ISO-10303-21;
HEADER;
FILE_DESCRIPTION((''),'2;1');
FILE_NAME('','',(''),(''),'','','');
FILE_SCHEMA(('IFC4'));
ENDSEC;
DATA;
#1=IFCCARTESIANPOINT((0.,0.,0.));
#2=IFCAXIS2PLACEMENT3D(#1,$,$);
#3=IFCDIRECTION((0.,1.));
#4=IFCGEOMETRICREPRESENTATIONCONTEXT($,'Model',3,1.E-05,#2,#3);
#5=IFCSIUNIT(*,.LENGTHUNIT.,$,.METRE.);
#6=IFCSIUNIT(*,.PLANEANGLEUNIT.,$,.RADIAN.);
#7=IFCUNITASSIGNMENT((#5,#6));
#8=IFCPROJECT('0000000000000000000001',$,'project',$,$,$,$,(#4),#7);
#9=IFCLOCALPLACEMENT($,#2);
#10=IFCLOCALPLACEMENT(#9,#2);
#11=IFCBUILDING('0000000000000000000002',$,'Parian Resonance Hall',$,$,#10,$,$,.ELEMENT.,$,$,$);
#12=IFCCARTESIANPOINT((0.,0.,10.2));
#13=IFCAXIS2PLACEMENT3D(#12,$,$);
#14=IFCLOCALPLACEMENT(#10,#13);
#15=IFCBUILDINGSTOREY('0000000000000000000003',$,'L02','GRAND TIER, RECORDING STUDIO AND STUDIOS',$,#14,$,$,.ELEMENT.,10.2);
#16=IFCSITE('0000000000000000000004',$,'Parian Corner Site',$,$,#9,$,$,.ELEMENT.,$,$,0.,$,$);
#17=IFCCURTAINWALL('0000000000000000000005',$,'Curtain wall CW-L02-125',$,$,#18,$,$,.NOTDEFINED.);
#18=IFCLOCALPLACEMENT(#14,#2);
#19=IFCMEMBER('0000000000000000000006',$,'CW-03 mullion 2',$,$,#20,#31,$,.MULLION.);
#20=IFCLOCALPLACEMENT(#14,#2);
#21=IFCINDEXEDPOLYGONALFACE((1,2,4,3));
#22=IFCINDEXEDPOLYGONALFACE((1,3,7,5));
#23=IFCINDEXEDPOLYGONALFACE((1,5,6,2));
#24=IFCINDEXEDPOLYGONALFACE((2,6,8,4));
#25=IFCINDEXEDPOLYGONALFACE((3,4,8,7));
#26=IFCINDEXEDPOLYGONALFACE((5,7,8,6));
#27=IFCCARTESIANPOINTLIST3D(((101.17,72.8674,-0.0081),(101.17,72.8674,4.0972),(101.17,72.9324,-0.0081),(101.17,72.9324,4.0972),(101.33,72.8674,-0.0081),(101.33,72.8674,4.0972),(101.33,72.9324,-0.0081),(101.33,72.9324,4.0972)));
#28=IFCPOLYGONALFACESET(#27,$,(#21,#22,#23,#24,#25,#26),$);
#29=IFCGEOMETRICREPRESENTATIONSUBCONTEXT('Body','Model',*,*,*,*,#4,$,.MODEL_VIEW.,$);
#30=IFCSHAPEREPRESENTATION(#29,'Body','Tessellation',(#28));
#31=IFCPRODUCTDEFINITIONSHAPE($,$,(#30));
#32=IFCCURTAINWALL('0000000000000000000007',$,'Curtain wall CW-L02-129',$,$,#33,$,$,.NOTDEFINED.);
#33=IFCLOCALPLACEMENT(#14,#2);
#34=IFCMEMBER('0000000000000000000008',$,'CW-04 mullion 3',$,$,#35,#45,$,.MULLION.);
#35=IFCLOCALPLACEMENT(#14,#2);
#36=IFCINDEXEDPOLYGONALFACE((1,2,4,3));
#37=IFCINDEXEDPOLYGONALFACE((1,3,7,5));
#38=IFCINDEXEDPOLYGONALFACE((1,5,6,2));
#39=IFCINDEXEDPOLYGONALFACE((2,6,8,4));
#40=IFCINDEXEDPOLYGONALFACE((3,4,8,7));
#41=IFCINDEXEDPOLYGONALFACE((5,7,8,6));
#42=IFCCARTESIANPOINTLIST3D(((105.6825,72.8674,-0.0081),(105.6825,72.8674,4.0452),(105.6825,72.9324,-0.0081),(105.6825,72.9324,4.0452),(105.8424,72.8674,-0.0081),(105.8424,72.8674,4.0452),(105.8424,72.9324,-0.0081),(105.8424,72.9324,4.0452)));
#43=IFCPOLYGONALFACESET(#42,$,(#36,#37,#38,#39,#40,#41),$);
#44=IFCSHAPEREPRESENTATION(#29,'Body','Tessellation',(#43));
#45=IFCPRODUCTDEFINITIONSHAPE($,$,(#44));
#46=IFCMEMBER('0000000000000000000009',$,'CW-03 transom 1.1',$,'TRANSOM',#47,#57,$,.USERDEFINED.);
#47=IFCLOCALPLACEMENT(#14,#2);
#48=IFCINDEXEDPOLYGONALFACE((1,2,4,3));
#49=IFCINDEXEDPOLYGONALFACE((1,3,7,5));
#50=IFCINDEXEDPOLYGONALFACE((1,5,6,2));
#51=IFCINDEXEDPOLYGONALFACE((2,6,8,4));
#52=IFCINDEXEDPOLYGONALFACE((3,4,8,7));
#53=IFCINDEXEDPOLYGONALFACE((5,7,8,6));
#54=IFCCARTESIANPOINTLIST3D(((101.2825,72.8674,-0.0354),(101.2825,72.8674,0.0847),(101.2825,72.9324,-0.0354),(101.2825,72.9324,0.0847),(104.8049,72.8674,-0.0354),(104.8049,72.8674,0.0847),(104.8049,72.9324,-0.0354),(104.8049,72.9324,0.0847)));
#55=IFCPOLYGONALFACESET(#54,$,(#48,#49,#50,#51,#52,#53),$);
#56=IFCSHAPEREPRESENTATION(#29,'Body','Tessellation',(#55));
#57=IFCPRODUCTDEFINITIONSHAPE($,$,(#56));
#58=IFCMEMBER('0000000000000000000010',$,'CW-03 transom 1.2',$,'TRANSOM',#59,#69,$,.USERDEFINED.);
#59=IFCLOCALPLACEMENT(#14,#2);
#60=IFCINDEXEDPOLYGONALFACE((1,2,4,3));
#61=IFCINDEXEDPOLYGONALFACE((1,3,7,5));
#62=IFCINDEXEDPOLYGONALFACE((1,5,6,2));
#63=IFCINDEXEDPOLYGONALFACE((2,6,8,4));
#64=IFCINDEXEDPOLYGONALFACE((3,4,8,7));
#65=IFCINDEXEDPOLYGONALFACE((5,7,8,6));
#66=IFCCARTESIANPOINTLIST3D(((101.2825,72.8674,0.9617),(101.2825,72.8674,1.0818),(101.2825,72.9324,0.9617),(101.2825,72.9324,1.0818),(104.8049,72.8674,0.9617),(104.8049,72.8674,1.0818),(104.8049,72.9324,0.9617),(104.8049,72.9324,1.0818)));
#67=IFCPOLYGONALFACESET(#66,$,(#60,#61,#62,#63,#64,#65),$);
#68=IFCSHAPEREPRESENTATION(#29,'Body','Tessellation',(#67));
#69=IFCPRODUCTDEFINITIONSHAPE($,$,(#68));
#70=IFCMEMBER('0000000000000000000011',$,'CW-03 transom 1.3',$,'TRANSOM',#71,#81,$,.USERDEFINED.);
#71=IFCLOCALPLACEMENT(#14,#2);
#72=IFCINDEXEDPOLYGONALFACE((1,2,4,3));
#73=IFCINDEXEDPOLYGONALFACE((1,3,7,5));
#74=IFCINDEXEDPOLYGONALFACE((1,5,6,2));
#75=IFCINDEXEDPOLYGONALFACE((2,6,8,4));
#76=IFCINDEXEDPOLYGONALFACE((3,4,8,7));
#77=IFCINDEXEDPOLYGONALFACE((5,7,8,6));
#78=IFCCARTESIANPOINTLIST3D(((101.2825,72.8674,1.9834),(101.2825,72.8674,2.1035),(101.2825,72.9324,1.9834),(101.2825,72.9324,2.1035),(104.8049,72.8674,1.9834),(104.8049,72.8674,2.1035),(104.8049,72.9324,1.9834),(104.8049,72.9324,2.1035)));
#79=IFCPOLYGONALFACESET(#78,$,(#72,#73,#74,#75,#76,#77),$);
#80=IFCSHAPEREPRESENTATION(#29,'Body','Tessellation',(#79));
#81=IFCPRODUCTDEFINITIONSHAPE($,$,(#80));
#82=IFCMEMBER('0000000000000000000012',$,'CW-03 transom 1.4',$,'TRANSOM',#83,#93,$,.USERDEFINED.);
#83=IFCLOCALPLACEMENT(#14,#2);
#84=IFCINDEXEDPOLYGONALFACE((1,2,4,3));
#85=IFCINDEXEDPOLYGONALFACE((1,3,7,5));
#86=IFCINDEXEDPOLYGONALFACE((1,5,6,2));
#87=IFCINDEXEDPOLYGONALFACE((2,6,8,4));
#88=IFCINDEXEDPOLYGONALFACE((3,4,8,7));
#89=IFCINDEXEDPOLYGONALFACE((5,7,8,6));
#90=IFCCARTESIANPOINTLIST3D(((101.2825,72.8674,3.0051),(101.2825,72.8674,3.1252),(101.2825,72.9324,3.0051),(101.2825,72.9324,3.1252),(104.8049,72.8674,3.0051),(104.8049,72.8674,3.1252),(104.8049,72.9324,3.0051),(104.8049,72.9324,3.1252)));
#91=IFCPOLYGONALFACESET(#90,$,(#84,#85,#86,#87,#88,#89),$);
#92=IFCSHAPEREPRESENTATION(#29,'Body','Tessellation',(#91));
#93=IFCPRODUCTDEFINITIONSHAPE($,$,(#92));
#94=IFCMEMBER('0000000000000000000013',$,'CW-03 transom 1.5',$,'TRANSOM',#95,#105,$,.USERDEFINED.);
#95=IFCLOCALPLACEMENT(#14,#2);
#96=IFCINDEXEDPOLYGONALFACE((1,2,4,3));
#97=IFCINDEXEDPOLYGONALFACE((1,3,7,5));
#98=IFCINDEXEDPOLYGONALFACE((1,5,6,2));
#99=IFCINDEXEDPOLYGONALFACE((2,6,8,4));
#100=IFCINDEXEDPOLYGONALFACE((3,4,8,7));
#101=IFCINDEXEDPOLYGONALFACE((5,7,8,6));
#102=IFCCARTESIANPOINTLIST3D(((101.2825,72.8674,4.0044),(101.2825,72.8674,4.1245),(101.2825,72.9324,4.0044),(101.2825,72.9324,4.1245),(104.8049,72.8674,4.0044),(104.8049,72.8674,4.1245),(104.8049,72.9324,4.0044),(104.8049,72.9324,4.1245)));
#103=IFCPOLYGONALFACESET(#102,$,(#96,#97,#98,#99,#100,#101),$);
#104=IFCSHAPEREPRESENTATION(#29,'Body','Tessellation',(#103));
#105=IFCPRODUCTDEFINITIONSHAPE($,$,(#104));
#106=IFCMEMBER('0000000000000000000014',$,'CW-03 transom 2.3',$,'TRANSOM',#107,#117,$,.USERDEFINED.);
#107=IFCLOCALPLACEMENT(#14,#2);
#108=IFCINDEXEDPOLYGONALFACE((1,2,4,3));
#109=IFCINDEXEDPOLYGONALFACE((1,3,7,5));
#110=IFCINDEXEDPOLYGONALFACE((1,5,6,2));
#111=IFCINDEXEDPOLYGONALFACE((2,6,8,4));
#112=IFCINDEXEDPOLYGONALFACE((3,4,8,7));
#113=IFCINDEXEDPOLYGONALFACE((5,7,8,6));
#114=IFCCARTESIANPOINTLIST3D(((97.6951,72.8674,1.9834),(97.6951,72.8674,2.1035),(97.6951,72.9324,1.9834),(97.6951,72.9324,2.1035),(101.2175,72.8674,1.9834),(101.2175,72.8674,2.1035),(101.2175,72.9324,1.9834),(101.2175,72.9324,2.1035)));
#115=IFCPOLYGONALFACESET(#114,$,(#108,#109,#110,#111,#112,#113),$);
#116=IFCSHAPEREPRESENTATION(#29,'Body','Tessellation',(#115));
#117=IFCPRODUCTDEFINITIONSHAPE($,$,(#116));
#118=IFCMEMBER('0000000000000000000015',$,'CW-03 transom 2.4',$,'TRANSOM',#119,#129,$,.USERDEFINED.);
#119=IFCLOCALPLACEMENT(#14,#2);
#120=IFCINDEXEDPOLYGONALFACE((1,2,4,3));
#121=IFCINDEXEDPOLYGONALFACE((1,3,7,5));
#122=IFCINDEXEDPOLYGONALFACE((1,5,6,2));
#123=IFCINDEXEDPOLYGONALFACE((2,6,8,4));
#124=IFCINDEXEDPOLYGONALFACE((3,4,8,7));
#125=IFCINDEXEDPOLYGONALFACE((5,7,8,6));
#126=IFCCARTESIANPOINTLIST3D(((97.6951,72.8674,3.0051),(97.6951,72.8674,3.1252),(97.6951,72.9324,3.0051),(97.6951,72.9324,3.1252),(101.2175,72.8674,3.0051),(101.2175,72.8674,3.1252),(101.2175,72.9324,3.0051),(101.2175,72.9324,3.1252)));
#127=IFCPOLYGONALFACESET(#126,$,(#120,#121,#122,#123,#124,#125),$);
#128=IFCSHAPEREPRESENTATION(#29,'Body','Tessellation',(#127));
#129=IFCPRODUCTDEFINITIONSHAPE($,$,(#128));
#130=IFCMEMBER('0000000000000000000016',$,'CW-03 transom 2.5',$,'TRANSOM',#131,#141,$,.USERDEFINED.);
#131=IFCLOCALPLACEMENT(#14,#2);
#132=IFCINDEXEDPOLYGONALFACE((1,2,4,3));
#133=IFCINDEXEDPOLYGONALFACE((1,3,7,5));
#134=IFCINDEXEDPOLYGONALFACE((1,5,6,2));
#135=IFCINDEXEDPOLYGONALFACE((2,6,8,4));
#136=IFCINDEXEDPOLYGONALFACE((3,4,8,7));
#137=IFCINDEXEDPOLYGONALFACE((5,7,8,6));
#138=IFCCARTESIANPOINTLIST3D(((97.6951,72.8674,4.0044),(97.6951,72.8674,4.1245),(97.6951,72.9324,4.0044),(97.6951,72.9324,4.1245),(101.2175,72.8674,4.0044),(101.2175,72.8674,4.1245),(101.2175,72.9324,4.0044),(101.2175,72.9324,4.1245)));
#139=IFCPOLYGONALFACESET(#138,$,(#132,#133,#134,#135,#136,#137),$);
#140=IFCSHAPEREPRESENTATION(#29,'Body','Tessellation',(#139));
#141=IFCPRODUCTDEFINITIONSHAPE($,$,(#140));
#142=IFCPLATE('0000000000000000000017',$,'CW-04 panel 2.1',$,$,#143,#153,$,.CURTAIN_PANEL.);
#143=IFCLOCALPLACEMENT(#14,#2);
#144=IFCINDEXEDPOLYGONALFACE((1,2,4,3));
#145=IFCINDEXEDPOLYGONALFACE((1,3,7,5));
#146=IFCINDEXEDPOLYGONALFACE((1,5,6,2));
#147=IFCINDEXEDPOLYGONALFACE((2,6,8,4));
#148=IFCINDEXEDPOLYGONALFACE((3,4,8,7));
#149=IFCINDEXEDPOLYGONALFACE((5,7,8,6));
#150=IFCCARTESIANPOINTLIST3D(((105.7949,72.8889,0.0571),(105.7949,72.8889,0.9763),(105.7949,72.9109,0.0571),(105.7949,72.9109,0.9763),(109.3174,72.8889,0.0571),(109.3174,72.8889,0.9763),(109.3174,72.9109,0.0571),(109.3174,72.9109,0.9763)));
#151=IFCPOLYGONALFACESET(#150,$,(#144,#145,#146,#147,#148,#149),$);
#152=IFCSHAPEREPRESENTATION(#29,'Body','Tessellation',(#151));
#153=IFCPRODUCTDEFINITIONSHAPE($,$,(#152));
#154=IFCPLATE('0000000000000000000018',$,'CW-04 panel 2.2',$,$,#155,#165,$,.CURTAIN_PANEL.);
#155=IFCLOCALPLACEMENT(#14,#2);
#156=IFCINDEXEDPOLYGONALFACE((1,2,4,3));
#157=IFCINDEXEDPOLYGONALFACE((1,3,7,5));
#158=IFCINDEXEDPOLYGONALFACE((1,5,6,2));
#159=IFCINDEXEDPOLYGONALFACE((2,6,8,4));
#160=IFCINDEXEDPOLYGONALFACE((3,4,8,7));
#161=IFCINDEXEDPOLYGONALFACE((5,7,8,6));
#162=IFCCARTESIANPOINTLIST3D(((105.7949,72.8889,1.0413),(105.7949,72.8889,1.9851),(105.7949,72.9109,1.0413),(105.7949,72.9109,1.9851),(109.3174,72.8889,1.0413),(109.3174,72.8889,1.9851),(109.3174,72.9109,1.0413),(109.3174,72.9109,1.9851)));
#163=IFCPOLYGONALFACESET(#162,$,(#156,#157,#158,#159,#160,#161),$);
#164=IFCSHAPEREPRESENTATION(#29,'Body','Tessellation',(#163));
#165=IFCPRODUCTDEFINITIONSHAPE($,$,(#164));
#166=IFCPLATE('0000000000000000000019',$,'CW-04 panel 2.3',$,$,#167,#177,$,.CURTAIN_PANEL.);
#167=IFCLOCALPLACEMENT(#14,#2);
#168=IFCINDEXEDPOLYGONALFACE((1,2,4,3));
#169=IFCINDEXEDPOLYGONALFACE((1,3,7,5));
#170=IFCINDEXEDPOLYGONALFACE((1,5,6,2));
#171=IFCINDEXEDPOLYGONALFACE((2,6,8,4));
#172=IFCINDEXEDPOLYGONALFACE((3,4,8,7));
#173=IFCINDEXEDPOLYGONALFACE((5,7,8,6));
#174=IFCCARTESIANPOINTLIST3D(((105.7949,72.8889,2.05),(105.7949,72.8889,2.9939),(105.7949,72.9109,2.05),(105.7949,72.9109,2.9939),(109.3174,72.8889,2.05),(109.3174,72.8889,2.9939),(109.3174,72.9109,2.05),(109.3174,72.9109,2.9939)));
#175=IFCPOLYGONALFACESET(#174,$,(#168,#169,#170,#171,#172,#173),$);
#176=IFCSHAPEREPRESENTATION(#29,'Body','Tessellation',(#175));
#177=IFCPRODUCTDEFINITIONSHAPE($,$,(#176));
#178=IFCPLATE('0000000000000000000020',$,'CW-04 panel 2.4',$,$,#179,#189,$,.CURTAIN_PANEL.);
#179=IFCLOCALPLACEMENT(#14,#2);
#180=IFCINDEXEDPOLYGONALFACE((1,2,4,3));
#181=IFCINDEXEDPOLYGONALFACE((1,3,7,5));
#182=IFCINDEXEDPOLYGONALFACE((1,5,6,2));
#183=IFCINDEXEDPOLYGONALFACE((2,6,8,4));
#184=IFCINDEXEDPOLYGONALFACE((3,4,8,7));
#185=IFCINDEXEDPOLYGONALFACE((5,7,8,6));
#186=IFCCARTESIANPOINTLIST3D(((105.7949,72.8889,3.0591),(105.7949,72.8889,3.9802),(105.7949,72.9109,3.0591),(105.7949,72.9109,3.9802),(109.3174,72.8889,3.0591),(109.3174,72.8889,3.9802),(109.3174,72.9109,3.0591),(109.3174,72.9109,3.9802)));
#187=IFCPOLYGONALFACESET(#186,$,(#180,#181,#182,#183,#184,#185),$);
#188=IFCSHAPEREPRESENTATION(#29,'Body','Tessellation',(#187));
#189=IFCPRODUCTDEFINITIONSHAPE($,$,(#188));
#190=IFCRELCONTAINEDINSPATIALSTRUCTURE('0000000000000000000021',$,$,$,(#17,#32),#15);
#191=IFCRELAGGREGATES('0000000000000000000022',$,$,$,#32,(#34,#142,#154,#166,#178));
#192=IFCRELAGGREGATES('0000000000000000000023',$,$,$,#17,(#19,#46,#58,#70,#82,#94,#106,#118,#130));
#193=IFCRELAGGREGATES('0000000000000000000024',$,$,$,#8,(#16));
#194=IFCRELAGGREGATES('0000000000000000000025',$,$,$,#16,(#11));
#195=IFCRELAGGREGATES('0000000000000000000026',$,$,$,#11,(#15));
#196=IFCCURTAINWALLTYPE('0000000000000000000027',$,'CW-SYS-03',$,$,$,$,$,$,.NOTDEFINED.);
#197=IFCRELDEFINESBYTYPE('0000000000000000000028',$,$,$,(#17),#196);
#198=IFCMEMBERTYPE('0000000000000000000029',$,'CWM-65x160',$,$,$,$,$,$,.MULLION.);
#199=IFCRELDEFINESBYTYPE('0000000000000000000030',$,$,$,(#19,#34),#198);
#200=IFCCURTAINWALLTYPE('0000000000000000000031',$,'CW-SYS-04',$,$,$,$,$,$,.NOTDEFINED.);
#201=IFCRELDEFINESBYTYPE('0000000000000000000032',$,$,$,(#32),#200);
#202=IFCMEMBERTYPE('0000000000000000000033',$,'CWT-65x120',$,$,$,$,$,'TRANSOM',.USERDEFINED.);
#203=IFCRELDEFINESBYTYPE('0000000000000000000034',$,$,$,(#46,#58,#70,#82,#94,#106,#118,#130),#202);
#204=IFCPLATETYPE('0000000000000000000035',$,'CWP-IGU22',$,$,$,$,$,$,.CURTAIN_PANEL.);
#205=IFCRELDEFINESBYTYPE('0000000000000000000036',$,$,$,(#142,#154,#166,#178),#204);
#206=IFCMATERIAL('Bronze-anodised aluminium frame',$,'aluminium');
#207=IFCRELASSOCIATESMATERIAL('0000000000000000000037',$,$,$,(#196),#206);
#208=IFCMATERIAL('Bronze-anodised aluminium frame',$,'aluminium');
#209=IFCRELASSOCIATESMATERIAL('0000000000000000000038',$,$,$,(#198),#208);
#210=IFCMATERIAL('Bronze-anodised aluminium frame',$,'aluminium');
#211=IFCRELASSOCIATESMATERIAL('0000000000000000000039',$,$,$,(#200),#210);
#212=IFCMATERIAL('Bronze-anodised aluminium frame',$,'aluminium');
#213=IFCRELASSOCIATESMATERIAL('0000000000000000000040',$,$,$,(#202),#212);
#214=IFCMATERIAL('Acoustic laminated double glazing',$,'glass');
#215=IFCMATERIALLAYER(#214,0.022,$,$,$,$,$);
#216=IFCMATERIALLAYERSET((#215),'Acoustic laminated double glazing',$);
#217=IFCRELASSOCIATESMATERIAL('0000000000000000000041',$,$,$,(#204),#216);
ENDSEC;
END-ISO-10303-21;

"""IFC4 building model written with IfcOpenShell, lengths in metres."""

from ifc_helpers import new_model, si_unit, direction, frame, origin, origin_2d, place, context, subcontext, project, spatial, rectangle, extrude, material, layer, layer_set, material_profile, profile_set, type_object, element, aggregate, save


model = new_model("IFC4")

# Units and contexts
model_context = context("Model", 3, precision=1e-05, world=origin(), true_north=direction((0.0, 1.0)))
body_context = subcontext(model_context, "Body", "Model", "MODEL_VIEW")
ifc_project = project(units=[si_unit("LENGTHUNIT", "METRE"), si_unit("PLANEANGLEUNIT", "RADIAN")], contexts=[model_context])

# Site, building, storey
site_placement = place(None, origin())
site = spatial("IfcSite", under=ifc_project, at=site_placement, Name="Parian Corner Site", CompositionType="ELEMENT", RefElevation=0.0)
building_placement = place(site_placement, origin())
building = spatial("IfcBuilding", under=site, at=building_placement, Name="Parian Resonance Hall", CompositionType="ELEMENT")
storey_placement = place(building_placement, frame((0.0, 0.0, 10.2)))
storey = spatial("IfcBuildingStorey", under=building, at=storey_placement, Name="L02", Description="GRAND TIER, RECORDING STUDIO AND STUDIOS", CompositionType="ELEMENT", Elevation=10.2)

# Curtain wall, member
ifc_material_1 = material(Name="Bronze-anodised aluminium frame", Category="aluminium")
curtain_wall_type_1 = type_object("IfcCurtainWallType", Name="CW-SYS-03", PredefinedType="NOTDEFINED", material=ifc_material_1)
curtain_wall_1_placement = place(storey_placement, origin())
curtain_wall_1 = element("IfcCurtainWall", 1, at=curtain_wall_1_placement, inside=storey, type_object=curtain_wall_type_1, Name="Curtain wall CW-L02-125", PredefinedType="NOTDEFINED")
ifc_material_2 = material(Name="Bronze-anodised aluminium frame", Category="aluminium")
ifc_material_profile_1 = material_profile(ifc_material_2, rectangle(XDim=0.0649, YDim=0.1599, at=origin_2d()), Name="CWM-65x160")
ifc_profile_set_1 = profile_set([ifc_material_profile_1], Name="Bronze-anodised aluminium frame")
member_type_1 = type_object("IfcMemberType", Name="CWM-65x160", PredefinedType="MULLION", material=ifc_profile_set_1)
member_1_placement = place(storey_placement, frame((101.25, 72.8999, -0.0081), z_axis=(0.0, 0.0, 1.0), x_axis=(0.0, -1.0, 0.0)))
member_1 = element("IfcMember", 2, at=member_1_placement, type_object=member_type_1, Name="CW-03 mullion 2", PredefinedType="MULLION", context=body_context, shape_type="SweptSolid", body=[
    extrude(rectangle(XDim=0.0649, YDim=0.1599, at=origin_2d()), origin(), (0.0, 0.0, 1.0), 4.1052),
])

# Curtain wall, member
ifc_material_3 = material(Name="Bronze-anodised aluminium frame", Category="aluminium")
curtain_wall_type_2 = type_object("IfcCurtainWallType", Name="CW-SYS-04", PredefinedType="NOTDEFINED", material=ifc_material_3)
curtain_wall_2_placement = place(storey_placement, origin())
curtain_wall_2 = element("IfcCurtainWall", 3, at=curtain_wall_2_placement, inside=storey, type_object=curtain_wall_type_2, Name="Curtain wall CW-L02-129", PredefinedType="NOTDEFINED")
member_2_placement = place(storey_placement, frame((105.7625, 72.8999, -0.0081), z_axis=(0.0, 0.0, 1.0), x_axis=(0.0, -1.0, 0.0)))
member_2 = element("IfcMember", 4, at=member_2_placement, type_object=member_type_1, Name="CW-04 mullion 3", PredefinedType="MULLION", context=body_context, shape_type="SweptSolid", body=[
    extrude(rectangle(XDim=0.0649, YDim=0.1599, at=origin_2d()), origin(), (0.0, 0.0, 1.0), 4.0532),
])

# Members
ifc_material_4 = material(Name="Bronze-anodised aluminium frame", Category="aluminium")
ifc_material_profile_2 = material_profile(ifc_material_4, rectangle(XDim=0.0649, YDim=0.1201, at=origin_2d()), Name="CWT-65x120")
ifc_profile_set_2 = profile_set([ifc_material_profile_2], Name="Bronze-anodised aluminium frame")
member_type_2 = type_object("IfcMemberType", Name="CWT-65x120", ElementType="TRANSOM", PredefinedType="USERDEFINED", material=ifc_profile_set_2)
member_3_placement = place(storey_placement, frame((104.8049, 72.8999, 0.0247), z_axis=(-1.0, 0.0, 0.0), x_axis=(0.0, -1.0, 0.0)))
member_3 = element("IfcMember", 5, at=member_3_placement, type_object=member_type_2, Name="CW-03 transom 1.1", ObjectType="TRANSOM", PredefinedType="USERDEFINED", context=body_context, shape_type="SweptSolid", body=[
    extrude(rectangle(XDim=0.0649, YDim=0.1201, at=origin_2d()), origin(), (0.0, 0.0, 1.0), 3.5225),
])
member_4_placement = place(storey_placement, frame((104.8049, 72.8999, 1.0217), z_axis=(-1.0, 0.0, 0.0), x_axis=(0.0, -1.0, 0.0)))
member_4 = element("IfcMember", 6, at=member_4_placement, type_object=member_type_2, Name="CW-03 transom 1.2", ObjectType="TRANSOM", PredefinedType="USERDEFINED", context=body_context, shape_type="SweptSolid", body=[
    extrude(rectangle(XDim=0.0649, YDim=0.1201, at=origin_2d()), origin(), (0.0, 0.0, 1.0), 3.5225),
])
member_5_placement = place(storey_placement, frame((104.8049, 72.8999, 2.0435), z_axis=(-1.0, 0.0, 0.0), x_axis=(0.0, -1.0, 0.0)))
member_5 = element("IfcMember", 7, at=member_5_placement, type_object=member_type_2, Name="CW-03 transom 1.3", ObjectType="TRANSOM", PredefinedType="USERDEFINED", context=body_context, shape_type="SweptSolid", body=[
    extrude(rectangle(XDim=0.0649, YDim=0.1201, at=origin_2d()), origin(), (0.0, 0.0, 1.0), 3.5225),
])
member_6_placement = place(storey_placement, frame((104.8049, 72.8999, 3.0652), z_axis=(-1.0, 0.0, 0.0), x_axis=(0.0, -1.0, 0.0)))
member_6 = element("IfcMember", 8, at=member_6_placement, type_object=member_type_2, Name="CW-03 transom 1.4", ObjectType="TRANSOM", PredefinedType="USERDEFINED", context=body_context, shape_type="SweptSolid", body=[
    extrude(rectangle(XDim=0.0649, YDim=0.1201, at=origin_2d()), origin(), (0.0, 0.0, 1.0), 3.5225),
])
member_7_placement = place(storey_placement, frame((104.8049, 72.8999, 4.0645), z_axis=(-1.0, 0.0, 0.0), x_axis=(0.0, -1.0, 0.0)))
member_7 = element("IfcMember", 9, at=member_7_placement, type_object=member_type_2, Name="CW-03 transom 1.5", ObjectType="TRANSOM", PredefinedType="USERDEFINED", context=body_context, shape_type="SweptSolid", body=[
    extrude(rectangle(XDim=0.0649, YDim=0.1201, at=origin_2d()), origin(), (0.0, 0.0, 1.0), 3.5225),
])
member_8_placement = place(storey_placement, frame((101.2175, 72.8999, 2.0435), z_axis=(-1.0, 0.0, 0.0), x_axis=(0.0, -1.0, 0.0)))
member_8 = element("IfcMember", 10, at=member_8_placement, type_object=member_type_2, Name="CW-03 transom 2.3", ObjectType="TRANSOM", PredefinedType="USERDEFINED", context=body_context, shape_type="SweptSolid", body=[
    extrude(rectangle(XDim=0.0649, YDim=0.1201, at=origin_2d()), origin(), (0.0, 0.0, 1.0), 3.5225),
])
member_9_placement = place(storey_placement, frame((101.2175, 72.8999, 3.0652), z_axis=(-1.0, 0.0, 0.0), x_axis=(0.0, -1.0, 0.0)))
member_9 = element("IfcMember", 11, at=member_9_placement, type_object=member_type_2, Name="CW-03 transom 2.4", ObjectType="TRANSOM", PredefinedType="USERDEFINED", context=body_context, shape_type="SweptSolid", body=[
    extrude(rectangle(XDim=0.0649, YDim=0.1201, at=origin_2d()), origin(), (0.0, 0.0, 1.0), 3.5225),
])
member_10_placement = place(storey_placement, frame((101.2175, 72.8999, 4.0645), z_axis=(-1.0, 0.0, 0.0), x_axis=(0.0, -1.0, 0.0)))
member_10 = element("IfcMember", 12, at=member_10_placement, type_object=member_type_2, Name="CW-03 transom 2.5", ObjectType="TRANSOM", PredefinedType="USERDEFINED", context=body_context, shape_type="SweptSolid", body=[
    extrude(rectangle(XDim=0.0649, YDim=0.1201, at=origin_2d()), origin(), (0.0, 0.0, 1.0), 3.5225),
])

# Plates
ifc_material_5 = material(Name="Acoustic laminated double glazing", Category="glass")
ifc_layer_1 = layer(ifc_material_5, 0.022)
ifc_layer_set_1 = layer_set([ifc_layer_1], Name="Acoustic laminated double glazing")
plate_type_1 = type_object("IfcPlateType", Name="CWP-IGU22", PredefinedType="CURTAIN_PANEL", material=ifc_layer_set_1)
plate_1_placement = place(storey_placement, frame((107.5562, 72.8999, 0.0571), z_axis=(0.0, 0.0, 1.0), x_axis=(-1.0, 0.0, 0.0)))
plate_1 = element("IfcPlate", 13, at=plate_1_placement, type_object=plate_type_1, Name="CW-04 panel 2.1", PredefinedType="CURTAIN_PANEL", context=body_context, shape_type="SweptSolid", body=[
    extrude(rectangle(XDim=3.5225, YDim=0.022, at=origin_2d()), origin(), (0.0, 0.0, 1.0), 0.9192),
])
plate_2_placement = place(storey_placement, frame((107.5562, 72.8999, 1.0413), z_axis=(0.0, 0.0, 1.0), x_axis=(-1.0, 0.0, 0.0)))
plate_2 = element("IfcPlate", 14, at=plate_2_placement, type_object=plate_type_1, Name="CW-04 panel 2.2", PredefinedType="CURTAIN_PANEL", context=body_context, shape_type="SweptSolid", body=[
    extrude(rectangle(XDim=3.5225, YDim=0.022, at=origin_2d()), origin(), (0.0, 0.0, 1.0), 0.9438),
])
plate_3_placement = place(storey_placement, frame((107.5562, 72.8999, 2.05), z_axis=(0.0, 0.0, 1.0), x_axis=(-1.0, 0.0, 0.0)))
plate_3 = element("IfcPlate", 15, at=plate_3_placement, type_object=plate_type_1, Name="CW-04 panel 2.3", PredefinedType="CURTAIN_PANEL", context=body_context, shape_type="SweptSolid", body=[
    extrude(rectangle(XDim=3.5225, YDim=0.022, at=origin_2d()), origin(), (0.0, 0.0, 1.0), 0.9438),
])
plate_4_placement = place(storey_placement, frame((107.5562, 72.8999, 3.0591), z_axis=(0.0, 0.0, 1.0), x_axis=(-1.0, 0.0, 0.0)))
plate_4 = element("IfcPlate", 16, at=plate_4_placement, type_object=plate_type_1, Name="CW-04 panel 2.4", PredefinedType="CURTAIN_PANEL", context=body_context, shape_type="SweptSolid", body=[
    extrude(rectangle(XDim=3.5225, YDim=0.022, at=origin_2d()), origin(), (0.0, 0.0, 1.0), 0.9211),
])
aggregate(curtain_wall_2, [member_2, plate_1, plate_2, plate_3, plate_4])
aggregate(curtain_wall_1, [member_1, member_3, member_4, member_5, member_6, member_7, member_8, member_9, member_10])

save(model, "model.ifc")
